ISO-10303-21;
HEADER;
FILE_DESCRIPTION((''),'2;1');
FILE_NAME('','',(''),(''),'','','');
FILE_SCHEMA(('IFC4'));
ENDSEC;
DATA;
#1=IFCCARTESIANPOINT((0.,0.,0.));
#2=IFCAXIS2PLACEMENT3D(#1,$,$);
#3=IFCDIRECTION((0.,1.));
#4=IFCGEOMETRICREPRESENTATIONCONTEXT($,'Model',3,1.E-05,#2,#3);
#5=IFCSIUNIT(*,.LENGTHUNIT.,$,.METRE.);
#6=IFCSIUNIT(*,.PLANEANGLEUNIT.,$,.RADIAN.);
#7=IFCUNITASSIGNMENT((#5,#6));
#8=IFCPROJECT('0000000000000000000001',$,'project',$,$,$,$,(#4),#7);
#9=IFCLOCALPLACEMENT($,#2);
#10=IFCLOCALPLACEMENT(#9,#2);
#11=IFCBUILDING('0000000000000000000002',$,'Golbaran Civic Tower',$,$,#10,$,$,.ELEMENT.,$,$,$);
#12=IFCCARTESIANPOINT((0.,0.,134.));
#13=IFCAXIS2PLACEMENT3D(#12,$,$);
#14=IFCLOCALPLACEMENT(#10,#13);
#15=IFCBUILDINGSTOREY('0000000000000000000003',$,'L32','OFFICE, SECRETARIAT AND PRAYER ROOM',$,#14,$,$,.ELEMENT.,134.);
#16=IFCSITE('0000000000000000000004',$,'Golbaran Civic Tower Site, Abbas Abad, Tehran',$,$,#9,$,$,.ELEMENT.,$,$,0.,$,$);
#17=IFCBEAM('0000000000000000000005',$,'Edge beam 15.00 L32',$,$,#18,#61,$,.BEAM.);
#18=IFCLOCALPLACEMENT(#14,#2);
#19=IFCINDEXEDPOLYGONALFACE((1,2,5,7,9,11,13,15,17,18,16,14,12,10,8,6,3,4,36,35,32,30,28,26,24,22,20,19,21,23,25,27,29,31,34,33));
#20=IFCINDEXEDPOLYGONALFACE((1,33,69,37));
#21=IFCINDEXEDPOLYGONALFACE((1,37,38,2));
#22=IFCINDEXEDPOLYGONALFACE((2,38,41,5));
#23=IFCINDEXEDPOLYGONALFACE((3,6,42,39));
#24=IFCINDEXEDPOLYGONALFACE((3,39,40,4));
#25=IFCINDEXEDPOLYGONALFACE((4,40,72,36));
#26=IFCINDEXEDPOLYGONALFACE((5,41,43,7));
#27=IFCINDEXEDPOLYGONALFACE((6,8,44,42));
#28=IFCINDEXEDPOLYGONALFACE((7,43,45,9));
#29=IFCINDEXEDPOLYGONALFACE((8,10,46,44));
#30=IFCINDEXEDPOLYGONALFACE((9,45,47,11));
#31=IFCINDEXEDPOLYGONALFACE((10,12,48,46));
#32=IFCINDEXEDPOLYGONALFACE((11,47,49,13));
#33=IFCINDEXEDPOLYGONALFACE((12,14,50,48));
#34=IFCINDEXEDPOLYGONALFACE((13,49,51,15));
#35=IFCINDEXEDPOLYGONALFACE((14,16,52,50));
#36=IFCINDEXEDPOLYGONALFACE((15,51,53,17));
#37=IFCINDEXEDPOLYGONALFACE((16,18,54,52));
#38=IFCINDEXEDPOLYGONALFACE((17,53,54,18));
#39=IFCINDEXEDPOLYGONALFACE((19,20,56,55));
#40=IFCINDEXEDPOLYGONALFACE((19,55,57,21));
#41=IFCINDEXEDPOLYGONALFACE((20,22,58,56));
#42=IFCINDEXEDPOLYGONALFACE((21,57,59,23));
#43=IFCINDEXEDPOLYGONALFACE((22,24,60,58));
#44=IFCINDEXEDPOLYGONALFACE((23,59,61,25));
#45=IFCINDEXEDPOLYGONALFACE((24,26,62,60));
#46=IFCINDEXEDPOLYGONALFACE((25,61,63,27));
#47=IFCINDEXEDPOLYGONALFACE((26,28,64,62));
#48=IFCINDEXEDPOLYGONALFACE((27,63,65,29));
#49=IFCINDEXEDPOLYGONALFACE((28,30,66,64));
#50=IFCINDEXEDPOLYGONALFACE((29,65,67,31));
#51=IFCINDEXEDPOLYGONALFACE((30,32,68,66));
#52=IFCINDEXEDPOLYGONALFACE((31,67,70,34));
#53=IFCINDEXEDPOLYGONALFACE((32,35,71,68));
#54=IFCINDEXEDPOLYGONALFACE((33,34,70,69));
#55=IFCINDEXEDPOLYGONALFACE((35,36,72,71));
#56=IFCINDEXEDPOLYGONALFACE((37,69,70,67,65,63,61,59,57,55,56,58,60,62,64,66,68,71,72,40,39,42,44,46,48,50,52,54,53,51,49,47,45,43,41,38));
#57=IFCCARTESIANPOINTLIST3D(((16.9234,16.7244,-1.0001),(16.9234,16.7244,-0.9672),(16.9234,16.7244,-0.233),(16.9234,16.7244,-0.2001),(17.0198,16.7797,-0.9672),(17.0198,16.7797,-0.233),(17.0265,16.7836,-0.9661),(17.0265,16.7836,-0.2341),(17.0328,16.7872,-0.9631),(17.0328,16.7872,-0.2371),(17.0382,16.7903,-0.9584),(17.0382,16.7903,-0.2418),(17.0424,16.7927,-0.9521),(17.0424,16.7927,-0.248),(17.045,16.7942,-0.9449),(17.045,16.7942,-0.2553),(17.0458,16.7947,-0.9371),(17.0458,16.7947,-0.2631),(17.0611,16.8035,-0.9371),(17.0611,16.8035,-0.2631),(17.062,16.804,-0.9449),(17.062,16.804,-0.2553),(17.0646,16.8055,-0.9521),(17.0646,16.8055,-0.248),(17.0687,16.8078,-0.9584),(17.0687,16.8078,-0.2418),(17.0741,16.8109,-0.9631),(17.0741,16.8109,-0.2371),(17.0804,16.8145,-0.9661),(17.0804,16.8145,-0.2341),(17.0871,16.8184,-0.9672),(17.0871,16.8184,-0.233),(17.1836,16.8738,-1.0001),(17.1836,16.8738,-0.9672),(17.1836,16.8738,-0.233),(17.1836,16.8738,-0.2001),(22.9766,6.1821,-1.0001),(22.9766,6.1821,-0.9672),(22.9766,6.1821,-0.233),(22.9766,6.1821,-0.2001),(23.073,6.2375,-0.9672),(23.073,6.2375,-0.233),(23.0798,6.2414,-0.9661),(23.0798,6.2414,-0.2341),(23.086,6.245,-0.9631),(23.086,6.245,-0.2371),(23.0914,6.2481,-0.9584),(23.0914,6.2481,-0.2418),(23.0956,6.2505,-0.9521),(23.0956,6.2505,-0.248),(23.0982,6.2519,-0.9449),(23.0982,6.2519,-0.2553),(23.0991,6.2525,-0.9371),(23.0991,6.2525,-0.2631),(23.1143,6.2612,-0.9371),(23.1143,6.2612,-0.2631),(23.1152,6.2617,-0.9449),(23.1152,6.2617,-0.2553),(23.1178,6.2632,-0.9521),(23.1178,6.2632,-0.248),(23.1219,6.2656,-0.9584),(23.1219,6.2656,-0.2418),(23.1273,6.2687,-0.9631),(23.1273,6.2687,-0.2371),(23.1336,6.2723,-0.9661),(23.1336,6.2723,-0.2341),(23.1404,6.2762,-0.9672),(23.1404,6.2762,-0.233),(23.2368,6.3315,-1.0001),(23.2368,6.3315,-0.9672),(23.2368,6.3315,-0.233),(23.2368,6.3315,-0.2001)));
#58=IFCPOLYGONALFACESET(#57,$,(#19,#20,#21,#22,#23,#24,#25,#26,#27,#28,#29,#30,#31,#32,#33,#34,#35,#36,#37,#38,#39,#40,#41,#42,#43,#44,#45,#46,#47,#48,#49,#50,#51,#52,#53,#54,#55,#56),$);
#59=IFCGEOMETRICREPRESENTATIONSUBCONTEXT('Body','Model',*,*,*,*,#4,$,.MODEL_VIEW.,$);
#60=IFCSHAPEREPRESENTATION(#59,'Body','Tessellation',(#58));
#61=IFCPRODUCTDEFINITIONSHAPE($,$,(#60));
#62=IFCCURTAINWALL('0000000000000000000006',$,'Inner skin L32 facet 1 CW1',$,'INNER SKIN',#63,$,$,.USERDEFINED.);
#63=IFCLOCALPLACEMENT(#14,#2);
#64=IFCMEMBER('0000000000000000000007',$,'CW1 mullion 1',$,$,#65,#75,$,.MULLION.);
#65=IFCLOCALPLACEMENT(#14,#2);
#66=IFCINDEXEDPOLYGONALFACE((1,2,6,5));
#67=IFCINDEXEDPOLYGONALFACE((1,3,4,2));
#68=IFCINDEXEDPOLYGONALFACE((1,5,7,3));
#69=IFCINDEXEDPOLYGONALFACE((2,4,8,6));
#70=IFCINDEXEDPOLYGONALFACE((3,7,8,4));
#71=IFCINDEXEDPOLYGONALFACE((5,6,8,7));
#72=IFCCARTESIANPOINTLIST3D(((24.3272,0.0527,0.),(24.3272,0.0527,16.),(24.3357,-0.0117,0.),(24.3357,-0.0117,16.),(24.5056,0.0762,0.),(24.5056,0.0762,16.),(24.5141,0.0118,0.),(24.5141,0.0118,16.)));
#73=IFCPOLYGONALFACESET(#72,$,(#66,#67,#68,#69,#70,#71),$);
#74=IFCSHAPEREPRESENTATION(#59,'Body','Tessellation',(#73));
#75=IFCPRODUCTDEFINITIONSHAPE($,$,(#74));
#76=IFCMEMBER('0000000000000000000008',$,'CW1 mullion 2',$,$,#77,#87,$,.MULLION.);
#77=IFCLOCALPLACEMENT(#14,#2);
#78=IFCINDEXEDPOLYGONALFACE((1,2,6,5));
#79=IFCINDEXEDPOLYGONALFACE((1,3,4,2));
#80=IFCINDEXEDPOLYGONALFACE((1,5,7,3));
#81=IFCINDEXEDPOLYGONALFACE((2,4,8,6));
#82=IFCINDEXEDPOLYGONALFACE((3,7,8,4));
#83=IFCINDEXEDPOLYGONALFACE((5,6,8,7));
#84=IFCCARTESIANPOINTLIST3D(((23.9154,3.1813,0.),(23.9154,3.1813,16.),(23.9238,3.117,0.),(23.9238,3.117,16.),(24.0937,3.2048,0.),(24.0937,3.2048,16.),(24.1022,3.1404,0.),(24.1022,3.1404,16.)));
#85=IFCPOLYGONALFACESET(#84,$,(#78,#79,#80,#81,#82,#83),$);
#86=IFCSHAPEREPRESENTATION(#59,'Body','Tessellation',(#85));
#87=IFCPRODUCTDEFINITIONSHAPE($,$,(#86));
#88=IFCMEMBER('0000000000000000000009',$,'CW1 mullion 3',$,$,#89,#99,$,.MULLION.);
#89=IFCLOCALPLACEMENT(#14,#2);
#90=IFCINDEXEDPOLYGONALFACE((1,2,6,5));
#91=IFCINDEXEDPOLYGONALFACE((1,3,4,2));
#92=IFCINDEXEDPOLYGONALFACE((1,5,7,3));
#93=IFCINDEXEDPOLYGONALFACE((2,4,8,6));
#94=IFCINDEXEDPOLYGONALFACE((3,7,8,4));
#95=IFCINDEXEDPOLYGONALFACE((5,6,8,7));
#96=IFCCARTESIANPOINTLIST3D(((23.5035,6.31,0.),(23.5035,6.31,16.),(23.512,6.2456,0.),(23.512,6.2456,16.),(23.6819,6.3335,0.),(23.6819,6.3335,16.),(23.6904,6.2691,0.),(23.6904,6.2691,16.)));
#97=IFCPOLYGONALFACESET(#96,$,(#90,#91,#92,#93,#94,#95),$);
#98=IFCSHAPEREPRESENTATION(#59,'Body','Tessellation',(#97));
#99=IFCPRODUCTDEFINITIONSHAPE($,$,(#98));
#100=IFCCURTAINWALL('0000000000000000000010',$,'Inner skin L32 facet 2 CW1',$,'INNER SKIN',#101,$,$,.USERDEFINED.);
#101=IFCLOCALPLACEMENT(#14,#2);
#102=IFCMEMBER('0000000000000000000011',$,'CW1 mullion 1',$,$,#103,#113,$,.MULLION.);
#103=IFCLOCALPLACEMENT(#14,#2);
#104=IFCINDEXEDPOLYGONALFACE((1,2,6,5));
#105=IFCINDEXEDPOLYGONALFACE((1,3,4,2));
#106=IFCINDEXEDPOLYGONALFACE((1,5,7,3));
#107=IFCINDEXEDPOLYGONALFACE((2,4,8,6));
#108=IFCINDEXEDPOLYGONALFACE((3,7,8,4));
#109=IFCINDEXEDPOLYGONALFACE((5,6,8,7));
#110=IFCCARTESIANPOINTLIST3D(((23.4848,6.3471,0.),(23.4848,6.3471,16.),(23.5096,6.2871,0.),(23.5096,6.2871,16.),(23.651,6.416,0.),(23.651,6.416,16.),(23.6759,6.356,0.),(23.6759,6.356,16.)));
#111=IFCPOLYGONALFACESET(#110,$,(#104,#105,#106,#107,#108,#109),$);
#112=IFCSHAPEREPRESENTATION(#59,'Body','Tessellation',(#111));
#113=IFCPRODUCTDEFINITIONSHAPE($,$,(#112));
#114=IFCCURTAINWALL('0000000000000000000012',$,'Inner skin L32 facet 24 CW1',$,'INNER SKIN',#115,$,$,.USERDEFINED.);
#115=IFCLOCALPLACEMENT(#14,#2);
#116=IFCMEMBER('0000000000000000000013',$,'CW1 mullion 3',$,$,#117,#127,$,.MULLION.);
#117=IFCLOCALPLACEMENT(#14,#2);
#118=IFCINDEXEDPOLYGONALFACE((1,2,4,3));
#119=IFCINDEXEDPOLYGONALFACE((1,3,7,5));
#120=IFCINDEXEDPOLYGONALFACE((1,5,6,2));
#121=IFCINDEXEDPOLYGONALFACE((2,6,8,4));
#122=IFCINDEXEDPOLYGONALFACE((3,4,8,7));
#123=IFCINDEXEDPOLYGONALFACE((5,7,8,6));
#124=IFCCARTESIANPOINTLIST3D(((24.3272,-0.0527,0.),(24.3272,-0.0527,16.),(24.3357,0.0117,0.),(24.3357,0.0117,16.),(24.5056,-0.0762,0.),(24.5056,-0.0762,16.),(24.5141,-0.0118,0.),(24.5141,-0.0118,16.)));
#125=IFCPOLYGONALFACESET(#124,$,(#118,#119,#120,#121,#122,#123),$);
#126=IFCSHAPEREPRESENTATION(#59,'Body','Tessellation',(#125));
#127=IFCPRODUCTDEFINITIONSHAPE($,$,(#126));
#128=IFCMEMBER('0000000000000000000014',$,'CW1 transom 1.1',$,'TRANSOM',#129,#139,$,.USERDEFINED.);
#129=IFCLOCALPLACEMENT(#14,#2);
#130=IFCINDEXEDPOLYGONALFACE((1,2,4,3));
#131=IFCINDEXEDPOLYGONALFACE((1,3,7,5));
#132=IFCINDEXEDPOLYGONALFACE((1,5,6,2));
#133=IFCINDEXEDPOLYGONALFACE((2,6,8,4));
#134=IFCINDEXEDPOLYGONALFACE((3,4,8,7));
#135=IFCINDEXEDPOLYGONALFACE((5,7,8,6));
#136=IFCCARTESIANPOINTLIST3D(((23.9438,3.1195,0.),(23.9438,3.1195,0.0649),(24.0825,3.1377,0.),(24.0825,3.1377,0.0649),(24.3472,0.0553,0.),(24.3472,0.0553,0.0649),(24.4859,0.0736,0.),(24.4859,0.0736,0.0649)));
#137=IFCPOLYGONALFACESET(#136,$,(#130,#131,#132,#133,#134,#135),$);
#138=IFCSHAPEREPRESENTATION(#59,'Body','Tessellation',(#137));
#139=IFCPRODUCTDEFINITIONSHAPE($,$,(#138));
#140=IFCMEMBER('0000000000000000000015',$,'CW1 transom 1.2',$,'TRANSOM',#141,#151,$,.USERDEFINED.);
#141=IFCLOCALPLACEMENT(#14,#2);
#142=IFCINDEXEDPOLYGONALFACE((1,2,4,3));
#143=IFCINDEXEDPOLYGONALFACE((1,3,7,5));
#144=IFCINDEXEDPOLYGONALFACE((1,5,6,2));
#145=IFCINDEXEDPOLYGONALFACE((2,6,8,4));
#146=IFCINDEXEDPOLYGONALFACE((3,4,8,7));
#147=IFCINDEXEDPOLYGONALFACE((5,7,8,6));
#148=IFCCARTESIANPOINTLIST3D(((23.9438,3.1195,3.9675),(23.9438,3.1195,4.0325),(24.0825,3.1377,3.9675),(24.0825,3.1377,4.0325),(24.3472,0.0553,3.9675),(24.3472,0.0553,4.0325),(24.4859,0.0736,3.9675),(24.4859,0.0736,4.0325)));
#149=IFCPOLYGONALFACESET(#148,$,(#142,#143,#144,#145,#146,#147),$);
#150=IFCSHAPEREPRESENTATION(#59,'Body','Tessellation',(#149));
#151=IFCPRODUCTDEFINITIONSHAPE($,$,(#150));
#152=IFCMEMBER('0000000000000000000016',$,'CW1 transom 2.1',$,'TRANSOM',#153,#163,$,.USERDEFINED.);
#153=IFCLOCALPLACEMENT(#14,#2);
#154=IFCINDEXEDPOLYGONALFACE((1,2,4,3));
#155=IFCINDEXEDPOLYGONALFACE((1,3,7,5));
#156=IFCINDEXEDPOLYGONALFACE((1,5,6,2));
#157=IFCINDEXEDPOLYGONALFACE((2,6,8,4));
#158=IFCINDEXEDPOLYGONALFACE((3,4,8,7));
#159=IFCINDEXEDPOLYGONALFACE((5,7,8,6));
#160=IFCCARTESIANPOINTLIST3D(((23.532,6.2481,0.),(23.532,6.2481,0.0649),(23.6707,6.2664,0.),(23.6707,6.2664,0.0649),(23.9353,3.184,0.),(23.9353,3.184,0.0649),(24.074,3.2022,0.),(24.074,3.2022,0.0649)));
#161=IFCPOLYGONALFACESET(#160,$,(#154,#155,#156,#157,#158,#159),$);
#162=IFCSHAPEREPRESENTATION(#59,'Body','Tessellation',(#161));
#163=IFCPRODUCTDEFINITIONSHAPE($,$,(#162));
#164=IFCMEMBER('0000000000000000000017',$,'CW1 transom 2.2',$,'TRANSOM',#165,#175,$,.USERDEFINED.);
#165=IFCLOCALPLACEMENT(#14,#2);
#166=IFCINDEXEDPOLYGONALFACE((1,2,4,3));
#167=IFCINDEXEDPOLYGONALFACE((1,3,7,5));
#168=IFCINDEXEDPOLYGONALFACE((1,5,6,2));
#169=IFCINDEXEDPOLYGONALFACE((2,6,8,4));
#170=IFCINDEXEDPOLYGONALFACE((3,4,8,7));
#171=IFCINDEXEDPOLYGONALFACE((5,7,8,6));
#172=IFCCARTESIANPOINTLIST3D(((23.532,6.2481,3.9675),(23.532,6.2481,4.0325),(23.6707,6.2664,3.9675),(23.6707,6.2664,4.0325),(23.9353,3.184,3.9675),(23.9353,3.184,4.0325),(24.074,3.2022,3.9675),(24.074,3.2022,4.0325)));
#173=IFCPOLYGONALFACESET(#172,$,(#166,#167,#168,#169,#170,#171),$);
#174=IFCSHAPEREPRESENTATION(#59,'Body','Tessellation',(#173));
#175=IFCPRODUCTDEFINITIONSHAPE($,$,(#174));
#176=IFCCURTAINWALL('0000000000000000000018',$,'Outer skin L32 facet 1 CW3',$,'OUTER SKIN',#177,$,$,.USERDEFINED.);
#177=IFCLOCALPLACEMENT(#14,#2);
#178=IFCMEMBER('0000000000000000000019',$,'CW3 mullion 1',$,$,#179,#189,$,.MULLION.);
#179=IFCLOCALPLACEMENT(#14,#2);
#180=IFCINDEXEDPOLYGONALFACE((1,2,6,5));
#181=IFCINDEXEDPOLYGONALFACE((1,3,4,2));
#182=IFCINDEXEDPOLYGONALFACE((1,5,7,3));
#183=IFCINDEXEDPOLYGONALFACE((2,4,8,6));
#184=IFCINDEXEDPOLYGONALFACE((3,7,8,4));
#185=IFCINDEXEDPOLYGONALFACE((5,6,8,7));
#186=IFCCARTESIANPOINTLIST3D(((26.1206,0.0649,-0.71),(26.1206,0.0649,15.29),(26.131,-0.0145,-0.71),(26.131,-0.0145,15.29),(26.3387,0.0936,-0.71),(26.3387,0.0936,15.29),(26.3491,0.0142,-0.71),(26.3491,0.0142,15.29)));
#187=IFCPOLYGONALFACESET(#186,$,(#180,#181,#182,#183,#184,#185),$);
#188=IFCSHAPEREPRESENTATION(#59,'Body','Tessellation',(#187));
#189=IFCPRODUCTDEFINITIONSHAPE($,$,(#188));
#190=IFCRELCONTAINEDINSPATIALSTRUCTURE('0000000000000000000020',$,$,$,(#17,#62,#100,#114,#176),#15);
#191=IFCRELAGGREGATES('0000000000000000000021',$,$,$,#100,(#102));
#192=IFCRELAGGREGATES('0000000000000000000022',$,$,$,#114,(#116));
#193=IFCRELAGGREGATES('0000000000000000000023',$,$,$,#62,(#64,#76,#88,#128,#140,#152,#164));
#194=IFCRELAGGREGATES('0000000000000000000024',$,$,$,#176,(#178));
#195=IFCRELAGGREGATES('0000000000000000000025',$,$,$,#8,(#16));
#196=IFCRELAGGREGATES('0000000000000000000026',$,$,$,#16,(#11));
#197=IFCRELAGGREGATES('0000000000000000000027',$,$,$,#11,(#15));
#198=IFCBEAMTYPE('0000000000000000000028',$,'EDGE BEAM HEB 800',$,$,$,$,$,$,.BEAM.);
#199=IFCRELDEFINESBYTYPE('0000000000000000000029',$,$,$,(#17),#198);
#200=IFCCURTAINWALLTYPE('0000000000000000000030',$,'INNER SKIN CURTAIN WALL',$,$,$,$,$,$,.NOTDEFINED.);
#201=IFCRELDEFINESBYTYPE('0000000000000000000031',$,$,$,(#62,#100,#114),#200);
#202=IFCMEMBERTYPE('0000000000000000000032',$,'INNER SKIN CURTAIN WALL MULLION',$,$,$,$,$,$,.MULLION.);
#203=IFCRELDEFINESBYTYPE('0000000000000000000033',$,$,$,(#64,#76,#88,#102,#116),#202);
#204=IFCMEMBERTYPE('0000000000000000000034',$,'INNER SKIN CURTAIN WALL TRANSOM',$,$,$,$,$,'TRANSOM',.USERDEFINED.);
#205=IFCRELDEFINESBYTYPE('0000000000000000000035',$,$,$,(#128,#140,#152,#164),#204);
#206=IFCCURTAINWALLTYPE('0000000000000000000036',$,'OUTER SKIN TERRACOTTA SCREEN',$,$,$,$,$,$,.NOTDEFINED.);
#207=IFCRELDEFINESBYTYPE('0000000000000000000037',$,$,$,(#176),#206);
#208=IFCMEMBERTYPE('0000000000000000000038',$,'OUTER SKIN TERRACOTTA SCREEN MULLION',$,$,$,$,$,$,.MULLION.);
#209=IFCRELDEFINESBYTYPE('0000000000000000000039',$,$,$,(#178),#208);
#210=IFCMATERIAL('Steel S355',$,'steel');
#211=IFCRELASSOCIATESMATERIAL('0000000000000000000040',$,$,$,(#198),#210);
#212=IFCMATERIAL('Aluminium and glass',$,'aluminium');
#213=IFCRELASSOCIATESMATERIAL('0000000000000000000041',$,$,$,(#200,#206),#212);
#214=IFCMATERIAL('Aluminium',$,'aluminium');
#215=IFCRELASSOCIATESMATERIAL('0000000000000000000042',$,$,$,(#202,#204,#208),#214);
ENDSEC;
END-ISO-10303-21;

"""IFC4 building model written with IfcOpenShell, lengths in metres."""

from ifc_helpers import new_model, si_unit, direction, frame, origin, origin_2d, place, context, subcontext, project, spatial, rectangle, i_section, extrude, material, material_profile, profile_set, type_object, element, aggregate, save


model = new_model("IFC4")

# Units and contexts
model_context = context("Model", 3, precision=1e-05, world=origin(), true_north=direction((0.0, 1.0)))
body_context = subcontext(model_context, "Body", "Model", "MODEL_VIEW")
ifc_project = project(units=[si_unit("LENGTHUNIT", "METRE"), si_unit("PLANEANGLEUNIT", "RADIAN")], contexts=[model_context])

# Site, building, storey
site_placement = place(None, origin())
site = spatial("IfcSite", under=ifc_project, at=site_placement, Name="Golbaran Civic Tower Site, Abbas Abad, Tehran", CompositionType="ELEMENT", RefElevation=0.0)
building_placement = place(site_placement, origin())
building = spatial("IfcBuilding", under=site, at=building_placement, Name="Golbaran Civic Tower", CompositionType="ELEMENT")
storey_placement = place(building_placement, frame((0.0, 0.0, 134.0)))
storey = spatial("IfcBuildingStorey", under=building, at=storey_placement, Name="L32", Description="OFFICE, SECRETARIAT AND PRAYER ROOM", CompositionType="ELEMENT", Elevation=134.0)

# Beam
ifc_material_1 = material(Name="Steel S355", Category="steel")
ifc_material_profile_1 = material_profile(ifc_material_1, i_section(OverallWidth=0.3, OverallDepth=0.8, WebThickness=0.0176, FlangeThickness=0.033, FilletRadius=0.03, at=origin_2d()), Name="HEB 800")
ifc_profile_set_1 = profile_set([ifc_material_profile_1], Name="Steel S355")
beam_type = type_object("IfcBeamType", Name="EDGE BEAM HEB 800", PredefinedType="BEAM", material=ifc_profile_set_1)
beam_placement = place(storey_placement, frame((23.1067, 6.2568, -0.6001), z_axis=(-0.497942, 0.867211, 0.0), x_axis=(-0.867211, -0.497942, 0.0)))
element("IfcBeam", 1, at=beam_placement, inside=storey, type_object=beam_type, Name="Edge beam 15.00 L32", PredefinedType="BEAM", context=body_context, shape_type="SweptSolid", body=[
    extrude(i_section(OverallWidth=0.3, OverallDepth=0.8, WebThickness=0.0176, FlangeThickness=0.033, FilletRadius=0.03, at=origin_2d()), origin(), (0.0, 0.0, 1.0), 12.1565),
])

# Curtain wall, members
ifc_material_2 = material(Name="Aluminium and glass", Category="aluminium")
curtain_wall_type_1 = type_object("IfcCurtainWallType", Name="INNER SKIN CURTAIN WALL", PredefinedType="NOTDEFINED", material=ifc_material_2)
curtain_wall_1_placement = place(storey_placement, origin())
curtain_wall_1 = element("IfcCurtainWall", 2, at=curtain_wall_1_placement, inside=storey, type_object=curtain_wall_type_1, Name="Inner skin L32 facet 1 CW1", ObjectType="INNER SKIN", PredefinedType="USERDEFINED")
ifc_material_3 = material(Name="Aluminium", Category="aluminium")
ifc_material_profile_2 = material_profile(ifc_material_3, rectangle(XDim=0.1799, YDim=0.0649, at=origin_2d()), Name="INNER SKIN CURTAIN WALL MULLION")
ifc_profile_set_2 = profile_set([ifc_material_profile_2], Name="Aluminium")
member_type_1 = type_object("IfcMemberType", Name="INNER SKIN CURTAIN WALL MULLION", PredefinedType="MULLION", material=ifc_profile_set_2)
member_1_placement = place(storey_placement, frame((24.4207, 0.0322, 0.0), z_axis=(0.0, 0.0, 1.0), x_axis=(-0.991445, -0.130526, 0.0)))
member_1 = element("IfcMember", 3, at=member_1_placement, type_object=member_type_1, Name="CW1 mullion 1", PredefinedType="MULLION", context=body_context, shape_type="SweptSolid", body=[
    extrude(rectangle(XDim=0.1799, YDim=0.0649, at=origin_2d()), origin(), (0.0, 0.0, 1.0), 16.0),
])
member_2_placement = place(storey_placement, frame((24.0088, 3.1609, 0.0), z_axis=(0.0, 0.0, 1.0), x_axis=(-0.991445, -0.130526, 0.0)))
member_2 = element("IfcMember", 4, at=member_2_placement, type_object=member_type_1, Name="CW1 mullion 2", PredefinedType="MULLION", context=body_context, shape_type="SweptSolid", body=[
    extrude(rectangle(XDim=0.1799, YDim=0.0649, at=origin_2d()), origin(), (0.0, 0.0, 1.0), 16.0),
])
member_3_placement = place(storey_placement, frame((23.5969, 6.2896, 0.0), z_axis=(0.0, 0.0, 1.0), x_axis=(-0.991445, -0.130526, 0.0)))
member_3 = element("IfcMember", 5, at=member_3_placement, type_object=member_type_1, Name="CW1 mullion 3", PredefinedType="MULLION", context=body_context, shape_type="SweptSolid", body=[
    extrude(rectangle(XDim=0.1799, YDim=0.0649, at=origin_2d()), origin(), (0.0, 0.0, 1.0), 16.0),
])

# Curtain walls, members
curtain_wall_2_placement = place(storey_placement, origin())
curtain_wall_2 = element("IfcCurtainWall", 6, at=curtain_wall_2_placement, inside=storey, type_object=curtain_wall_type_1, Name="Inner skin L32 facet 2 CW1", ObjectType="INNER SKIN", PredefinedType="USERDEFINED")
member_4_placement = place(storey_placement, frame((23.5803, 6.3516, 0.0), z_axis=(0.0, 0.0, 1.0), x_axis=(-0.92388, -0.382683, 0.0)))
member_4 = element("IfcMember", 7, at=member_4_placement, type_object=member_type_1, Name="CW1 mullion 1", PredefinedType="MULLION", context=body_context, shape_type="SweptSolid", body=[
    extrude(rectangle(XDim=0.1799, YDim=0.0649, at=origin_2d()), origin(), (0.0, 0.0, 1.0), 16.0),
])
aggregate(curtain_wall_2, [member_4])
curtain_wall_3_placement = place(storey_placement, origin())
curtain_wall_3 = element("IfcCurtainWall", 8, at=curtain_wall_3_placement, inside=storey, type_object=curtain_wall_type_1, Name="Inner skin L32 facet 24 CW1", ObjectType="INNER SKIN", PredefinedType="USERDEFINED")
member_5_placement = place(storey_placement, frame((24.4207, -0.0322, 0.0), z_axis=(0.0, 0.0, 1.0), x_axis=(-0.991445, 0.130526, 0.0)))
member_5 = element("IfcMember", 9, at=member_5_placement, type_object=member_type_1, Name="CW1 mullion 3", PredefinedType="MULLION", context=body_context, shape_type="SweptSolid", body=[
    extrude(rectangle(XDim=0.1799, YDim=0.0649, at=origin_2d()), origin(), (0.0, 0.0, 1.0), 16.0),
])
aggregate(curtain_wall_3, [member_5])

# Members
ifc_material_profile_3 = material_profile(ifc_material_3, rectangle(XDim=0.1399, YDim=0.0649, at=origin_2d()), Name="INNER SKIN CURTAIN WALL TRANSOM")
ifc_profile_set_3 = profile_set([ifc_material_profile_3], Name="Aluminium")
member_type_2 = type_object("IfcMemberType", Name="INNER SKIN CURTAIN WALL TRANSOM", ElementType="TRANSOM", PredefinedType="USERDEFINED", material=ifc_profile_set_3)
member_6_placement = place(storey_placement, frame((24.4165, 0.0645, 0.0325), z_axis=(-0.130497, 0.991449, 0.0), x_axis=(-0.991449, -0.130497, 0.0)))
member_6 = element("IfcMember", 10, at=member_6_placement, type_object=member_type_2, Name="CW1 transom 1.1", ObjectType="TRANSOM", PredefinedType="USERDEFINED", context=body_context, shape_type="SweptSolid", body=[
    extrude(rectangle(XDim=0.1399, YDim=0.0649, at=origin_2d()), origin(), (0.0, 0.0, 1.0), 3.0906),
])
member_7_placement = place(storey_placement, frame((24.4165, 0.0645, 4.0), z_axis=(-0.130497, 0.991449, 0.0), x_axis=(-0.991449, -0.130497, 0.0)))
member_7 = element("IfcMember", 11, at=member_7_placement, type_object=member_type_2, Name="CW1 transom 1.2", ObjectType="TRANSOM", PredefinedType="USERDEFINED", context=body_context, shape_type="SweptSolid", body=[
    extrude(rectangle(XDim=0.1399, YDim=0.0649, at=origin_2d()), origin(), (0.0, 0.0, 1.0), 3.0906),
])
member_8_placement = place(storey_placement, frame((24.0046, 3.1931, 0.0325), z_axis=(-0.130497, 0.991449, 0.0), x_axis=(-0.991449, -0.130497, 0.0)))
member_8 = element("IfcMember", 12, at=member_8_placement, type_object=member_type_2, Name="CW1 transom 2.1", ObjectType="TRANSOM", PredefinedType="USERDEFINED", context=body_context, shape_type="SweptSolid", body=[
    extrude(rectangle(XDim=0.1399, YDim=0.0649, at=origin_2d()), origin(), (0.0, 0.0, 1.0), 3.0906),
])
member_9_placement = place(storey_placement, frame((24.0046, 3.1931, 4.0), z_axis=(-0.130497, 0.991449, 0.0), x_axis=(-0.991449, -0.130497, 0.0)))
member_9 = element("IfcMember", 13, at=member_9_placement, type_object=member_type_2, Name="CW1 transom 2.2", ObjectType="TRANSOM", PredefinedType="USERDEFINED", context=body_context, shape_type="SweptSolid", body=[
    extrude(rectangle(XDim=0.1399, YDim=0.0649, at=origin_2d()), origin(), (0.0, 0.0, 1.0), 3.0906),
])

# Curtain wall, member
curtain_wall_type_2 = type_object("IfcCurtainWallType", Name="OUTER SKIN TERRACOTTA SCREEN", PredefinedType="NOTDEFINED", material=ifc_material_2)
curtain_wall_4_placement = place(storey_placement, origin())
curtain_wall_4 = element("IfcCurtainWall", 14, at=curtain_wall_4_placement, inside=storey, type_object=curtain_wall_type_2, Name="Outer skin L32 facet 1 CW3", ObjectType="OUTER SKIN", PredefinedType="USERDEFINED")
ifc_material_profile_4 = material_profile(ifc_material_3, rectangle(XDim=0.22, YDim=0.0801, at=origin_2d()), Name="OUTER SKIN TERRACOTTA SCREEN MULLION")
ifc_profile_set_4 = profile_set([ifc_material_profile_4], Name="Aluminium")
member_type_3 = type_object("IfcMemberType", Name="OUTER SKIN TERRACOTTA SCREEN MULLION", PredefinedType="MULLION", material=ifc_profile_set_4)
member_10_placement = place(storey_placement, frame((26.2349, 0.0396, -0.71), z_axis=(0.0, 0.0, 1.0), x_axis=(-0.991445, -0.130526, 0.0)))
member_10 = element("IfcMember", 15, at=member_10_placement, type_object=member_type_3, Name="CW3 mullion 1", PredefinedType="MULLION", context=body_context, shape_type="SweptSolid", body=[
    extrude(rectangle(XDim=0.22, YDim=0.0801, at=origin_2d()), origin(), (0.0, 0.0, 1.0), 16.0),
])

aggregate(curtain_wall_1, [member_1, member_2, member_3, member_6, member_7, member_8, member_9])
aggregate(curtain_wall_4, [member_10])

save(model, "model.ifc")
